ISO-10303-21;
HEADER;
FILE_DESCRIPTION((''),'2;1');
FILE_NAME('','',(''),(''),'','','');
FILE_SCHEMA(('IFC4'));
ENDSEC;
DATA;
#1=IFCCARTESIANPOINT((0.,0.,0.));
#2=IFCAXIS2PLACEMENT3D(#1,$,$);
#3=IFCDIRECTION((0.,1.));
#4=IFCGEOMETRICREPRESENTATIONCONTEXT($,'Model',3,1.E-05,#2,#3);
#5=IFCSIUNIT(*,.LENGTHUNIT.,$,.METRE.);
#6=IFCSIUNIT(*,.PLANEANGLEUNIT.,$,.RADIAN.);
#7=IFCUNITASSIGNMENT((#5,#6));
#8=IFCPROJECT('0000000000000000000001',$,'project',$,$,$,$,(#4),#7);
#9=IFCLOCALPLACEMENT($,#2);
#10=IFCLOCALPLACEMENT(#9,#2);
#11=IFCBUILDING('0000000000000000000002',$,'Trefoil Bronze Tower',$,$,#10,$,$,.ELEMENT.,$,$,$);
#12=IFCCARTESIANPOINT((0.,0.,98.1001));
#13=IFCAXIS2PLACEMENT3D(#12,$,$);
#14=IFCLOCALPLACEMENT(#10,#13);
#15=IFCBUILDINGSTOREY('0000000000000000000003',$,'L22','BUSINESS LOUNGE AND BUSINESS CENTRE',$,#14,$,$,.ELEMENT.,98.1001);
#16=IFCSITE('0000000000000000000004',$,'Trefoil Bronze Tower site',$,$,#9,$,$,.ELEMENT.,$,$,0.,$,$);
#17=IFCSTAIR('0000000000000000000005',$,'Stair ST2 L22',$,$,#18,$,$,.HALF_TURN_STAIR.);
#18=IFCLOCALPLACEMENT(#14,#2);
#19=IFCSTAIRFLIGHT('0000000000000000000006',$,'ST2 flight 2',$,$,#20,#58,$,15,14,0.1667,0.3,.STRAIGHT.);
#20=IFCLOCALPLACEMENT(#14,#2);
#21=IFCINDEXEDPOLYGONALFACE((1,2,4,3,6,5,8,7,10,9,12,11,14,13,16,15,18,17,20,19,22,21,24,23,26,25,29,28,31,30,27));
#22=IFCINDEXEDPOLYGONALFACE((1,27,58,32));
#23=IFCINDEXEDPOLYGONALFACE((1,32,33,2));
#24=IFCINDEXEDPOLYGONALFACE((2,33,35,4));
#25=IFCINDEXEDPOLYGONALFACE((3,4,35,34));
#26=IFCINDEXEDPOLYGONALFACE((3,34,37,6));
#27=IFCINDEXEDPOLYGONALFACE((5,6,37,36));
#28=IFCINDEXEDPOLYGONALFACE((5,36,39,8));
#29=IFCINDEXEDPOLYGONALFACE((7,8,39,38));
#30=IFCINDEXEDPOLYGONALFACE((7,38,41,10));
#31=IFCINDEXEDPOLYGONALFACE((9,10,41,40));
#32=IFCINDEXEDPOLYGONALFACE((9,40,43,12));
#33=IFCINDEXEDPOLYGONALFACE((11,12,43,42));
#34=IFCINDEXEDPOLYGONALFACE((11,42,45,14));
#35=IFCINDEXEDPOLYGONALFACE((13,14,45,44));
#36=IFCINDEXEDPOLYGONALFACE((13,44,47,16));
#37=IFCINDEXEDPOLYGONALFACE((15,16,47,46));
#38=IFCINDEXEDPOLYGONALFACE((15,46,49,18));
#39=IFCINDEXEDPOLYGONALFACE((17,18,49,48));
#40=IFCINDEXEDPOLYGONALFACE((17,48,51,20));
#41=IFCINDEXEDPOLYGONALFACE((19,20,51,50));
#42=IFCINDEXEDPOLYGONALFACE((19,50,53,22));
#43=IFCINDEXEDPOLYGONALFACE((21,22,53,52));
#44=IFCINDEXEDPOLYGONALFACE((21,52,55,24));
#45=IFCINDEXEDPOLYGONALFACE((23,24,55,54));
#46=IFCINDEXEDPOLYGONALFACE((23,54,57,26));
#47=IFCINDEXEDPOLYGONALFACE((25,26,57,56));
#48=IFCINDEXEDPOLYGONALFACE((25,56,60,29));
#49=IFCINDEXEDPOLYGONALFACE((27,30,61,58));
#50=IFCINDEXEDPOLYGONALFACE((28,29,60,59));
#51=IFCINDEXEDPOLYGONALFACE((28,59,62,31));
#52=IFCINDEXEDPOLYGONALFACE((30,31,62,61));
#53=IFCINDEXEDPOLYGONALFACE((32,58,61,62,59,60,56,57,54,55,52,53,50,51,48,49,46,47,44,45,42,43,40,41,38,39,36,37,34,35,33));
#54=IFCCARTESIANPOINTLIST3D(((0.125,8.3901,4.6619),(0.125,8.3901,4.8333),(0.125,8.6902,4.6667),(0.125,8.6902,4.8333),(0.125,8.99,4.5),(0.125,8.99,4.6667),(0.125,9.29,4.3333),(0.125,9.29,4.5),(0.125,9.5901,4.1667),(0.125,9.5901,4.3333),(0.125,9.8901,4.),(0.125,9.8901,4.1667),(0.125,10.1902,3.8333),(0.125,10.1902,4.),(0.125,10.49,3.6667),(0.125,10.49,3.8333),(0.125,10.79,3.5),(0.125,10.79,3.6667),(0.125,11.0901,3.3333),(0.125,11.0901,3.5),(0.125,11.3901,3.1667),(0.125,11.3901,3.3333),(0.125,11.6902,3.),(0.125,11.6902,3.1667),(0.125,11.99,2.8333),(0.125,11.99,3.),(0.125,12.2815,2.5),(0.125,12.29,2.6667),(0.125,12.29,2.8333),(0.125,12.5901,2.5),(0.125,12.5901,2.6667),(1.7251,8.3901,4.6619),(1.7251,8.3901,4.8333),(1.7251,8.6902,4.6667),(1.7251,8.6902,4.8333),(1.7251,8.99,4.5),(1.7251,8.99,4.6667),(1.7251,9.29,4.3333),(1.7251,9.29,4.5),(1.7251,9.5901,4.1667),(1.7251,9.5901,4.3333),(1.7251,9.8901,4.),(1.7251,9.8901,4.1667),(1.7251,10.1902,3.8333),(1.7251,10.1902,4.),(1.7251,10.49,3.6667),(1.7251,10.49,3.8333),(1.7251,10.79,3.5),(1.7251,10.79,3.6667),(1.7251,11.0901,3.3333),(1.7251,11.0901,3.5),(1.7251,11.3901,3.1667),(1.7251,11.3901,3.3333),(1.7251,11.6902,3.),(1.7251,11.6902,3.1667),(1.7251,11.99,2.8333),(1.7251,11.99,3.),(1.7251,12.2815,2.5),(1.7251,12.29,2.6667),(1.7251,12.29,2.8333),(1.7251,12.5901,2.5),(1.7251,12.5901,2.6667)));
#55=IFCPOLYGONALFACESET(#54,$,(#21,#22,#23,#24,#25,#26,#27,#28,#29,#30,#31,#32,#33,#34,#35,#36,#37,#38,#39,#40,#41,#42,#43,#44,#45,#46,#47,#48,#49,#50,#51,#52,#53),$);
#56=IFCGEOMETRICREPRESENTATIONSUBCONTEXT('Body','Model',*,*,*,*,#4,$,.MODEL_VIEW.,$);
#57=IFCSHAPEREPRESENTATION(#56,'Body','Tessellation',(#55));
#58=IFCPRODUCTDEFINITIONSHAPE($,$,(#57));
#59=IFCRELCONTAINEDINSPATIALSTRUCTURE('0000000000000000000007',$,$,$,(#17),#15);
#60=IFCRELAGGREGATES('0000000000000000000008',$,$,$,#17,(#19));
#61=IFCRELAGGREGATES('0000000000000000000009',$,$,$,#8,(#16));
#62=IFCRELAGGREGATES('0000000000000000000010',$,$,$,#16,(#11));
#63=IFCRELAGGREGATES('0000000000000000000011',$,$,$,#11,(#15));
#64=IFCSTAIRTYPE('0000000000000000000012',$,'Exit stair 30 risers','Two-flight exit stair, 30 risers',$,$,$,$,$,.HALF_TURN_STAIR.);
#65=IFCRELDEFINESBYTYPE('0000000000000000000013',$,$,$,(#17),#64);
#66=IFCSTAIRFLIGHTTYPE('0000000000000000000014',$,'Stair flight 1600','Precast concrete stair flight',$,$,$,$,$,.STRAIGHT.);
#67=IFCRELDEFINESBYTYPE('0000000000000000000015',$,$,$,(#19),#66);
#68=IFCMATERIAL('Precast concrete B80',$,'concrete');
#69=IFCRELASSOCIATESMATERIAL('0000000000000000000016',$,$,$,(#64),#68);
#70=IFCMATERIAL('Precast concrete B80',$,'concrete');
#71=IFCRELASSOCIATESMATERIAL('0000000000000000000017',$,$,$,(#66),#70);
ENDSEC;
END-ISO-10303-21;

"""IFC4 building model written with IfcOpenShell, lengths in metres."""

from ifc_helpers import new_model, si_unit, direction, frame, origin, place, context, subcontext, project, spatial, polyline, outline, extrude, material, type_object, element, aggregate, save


model = new_model("IFC4")

# Units and contexts
model_context = context("Model", 3, precision=1e-05, world=origin(), true_north=direction((0.0, 1.0)))
body_context = subcontext(model_context, "Body", "Model", "MODEL_VIEW")
ifc_project = project(units=[si_unit("LENGTHUNIT", "METRE"), si_unit("PLANEANGLEUNIT", "RADIAN")], contexts=[model_context])

# Site, building, storey
site_placement = place(None, origin())
site = spatial("IfcSite", under=ifc_project, at=site_placement, Name="Trefoil Bronze Tower site", CompositionType="ELEMENT", RefElevation=0.0)
building_placement = place(site_placement, origin())
building = spatial("IfcBuilding", under=site, at=building_placement, Name="Trefoil Bronze Tower", CompositionType="ELEMENT")
storey_placement = place(building_placement, frame((0.0, 0.0, 98.1001)))
storey = spatial("IfcBuildingStorey", under=building, at=storey_placement, Name="L22", Description="BUSINESS LOUNGE AND BUSINESS CENTRE", CompositionType="ELEMENT", Elevation=98.1001)

# Stair
ifc_material_1 = material(Name="Precast concrete B80", Category="concrete")
stair_type = type_object("IfcStairType", Name="Exit stair 30 risers", Description="Two-flight exit stair, 30 risers", PredefinedType="HALF_TURN_STAIR", material=ifc_material_1)
stair_1_placement = place(storey_placement, origin())
stair_1 = element("IfcStair", 1, at=stair_1_placement, inside=storey, type_object=stair_type, Name="Stair ST2 L22", PredefinedType="HALF_TURN_STAIR")

# Stair flight
ifc_material_2 = material(Name="Precast concrete B80", Category="concrete")
stair_flight_type = type_object("IfcStairFlightType", Name="Stair flight 1600", Description="Precast concrete stair flight", PredefinedType="STRAIGHT", material=ifc_material_2)
stair_flight_placement = place(storey_placement, frame((0.925, 12.5901, 2.5), z_axis=(0.0, 0.0, 1.0), x_axis=(0.0, -1.0, 0.0)))
stair_flight = element("IfcStairFlight", 2, at=stair_flight_placement, type_object=stair_flight_type, Name="ST2 flight 2", NumberOfRisers=15, NumberOfTreads=14, PredefinedType="STRAIGHT", RiserHeight=0.1667, TreadLength=0.3, context=body_context, shape_type="SweptSolid", body=[
    extrude(outline(polyline([(0.0, 0.0), (0.0, 0.1667), (0.3, 0.1667), (0.3, 0.3333), (0.6001, 0.3333), (0.6001, 0.5), (0.8999, 0.5), (0.8999, 0.6667), (1.2, 0.6667), (1.2, 0.8333), (1.5, 0.8333), (1.5, 1.0), (1.8, 1.0), (1.8, 1.1667), (2.1001, 1.1667), (2.1001, 1.3333), (2.3999, 1.3333), (2.3999, 1.5), (2.7, 1.5), (2.7, 1.6667), (3.0, 1.6667), (3.0, 1.8333), (3.3, 1.8333), (3.3, 2.0), (3.6001, 2.0), (3.6001, 2.1667), (3.8999, 2.1667), (3.8999, 2.3333), (4.2, 2.3333), (4.2, 2.5), (4.2, 2.1619), (0.3086, 0.0), (0.0, 0.0)])), frame((0.0, 0.8, 0.0), z_axis=(0.0, -1.0, 0.0), x_axis=(1.0, 0.0, 0.0)), (0.0, 0.0, 1.0), 1.6001),
])
aggregate(stair_1, [stair_flight])

save(model, "model.ifc")
